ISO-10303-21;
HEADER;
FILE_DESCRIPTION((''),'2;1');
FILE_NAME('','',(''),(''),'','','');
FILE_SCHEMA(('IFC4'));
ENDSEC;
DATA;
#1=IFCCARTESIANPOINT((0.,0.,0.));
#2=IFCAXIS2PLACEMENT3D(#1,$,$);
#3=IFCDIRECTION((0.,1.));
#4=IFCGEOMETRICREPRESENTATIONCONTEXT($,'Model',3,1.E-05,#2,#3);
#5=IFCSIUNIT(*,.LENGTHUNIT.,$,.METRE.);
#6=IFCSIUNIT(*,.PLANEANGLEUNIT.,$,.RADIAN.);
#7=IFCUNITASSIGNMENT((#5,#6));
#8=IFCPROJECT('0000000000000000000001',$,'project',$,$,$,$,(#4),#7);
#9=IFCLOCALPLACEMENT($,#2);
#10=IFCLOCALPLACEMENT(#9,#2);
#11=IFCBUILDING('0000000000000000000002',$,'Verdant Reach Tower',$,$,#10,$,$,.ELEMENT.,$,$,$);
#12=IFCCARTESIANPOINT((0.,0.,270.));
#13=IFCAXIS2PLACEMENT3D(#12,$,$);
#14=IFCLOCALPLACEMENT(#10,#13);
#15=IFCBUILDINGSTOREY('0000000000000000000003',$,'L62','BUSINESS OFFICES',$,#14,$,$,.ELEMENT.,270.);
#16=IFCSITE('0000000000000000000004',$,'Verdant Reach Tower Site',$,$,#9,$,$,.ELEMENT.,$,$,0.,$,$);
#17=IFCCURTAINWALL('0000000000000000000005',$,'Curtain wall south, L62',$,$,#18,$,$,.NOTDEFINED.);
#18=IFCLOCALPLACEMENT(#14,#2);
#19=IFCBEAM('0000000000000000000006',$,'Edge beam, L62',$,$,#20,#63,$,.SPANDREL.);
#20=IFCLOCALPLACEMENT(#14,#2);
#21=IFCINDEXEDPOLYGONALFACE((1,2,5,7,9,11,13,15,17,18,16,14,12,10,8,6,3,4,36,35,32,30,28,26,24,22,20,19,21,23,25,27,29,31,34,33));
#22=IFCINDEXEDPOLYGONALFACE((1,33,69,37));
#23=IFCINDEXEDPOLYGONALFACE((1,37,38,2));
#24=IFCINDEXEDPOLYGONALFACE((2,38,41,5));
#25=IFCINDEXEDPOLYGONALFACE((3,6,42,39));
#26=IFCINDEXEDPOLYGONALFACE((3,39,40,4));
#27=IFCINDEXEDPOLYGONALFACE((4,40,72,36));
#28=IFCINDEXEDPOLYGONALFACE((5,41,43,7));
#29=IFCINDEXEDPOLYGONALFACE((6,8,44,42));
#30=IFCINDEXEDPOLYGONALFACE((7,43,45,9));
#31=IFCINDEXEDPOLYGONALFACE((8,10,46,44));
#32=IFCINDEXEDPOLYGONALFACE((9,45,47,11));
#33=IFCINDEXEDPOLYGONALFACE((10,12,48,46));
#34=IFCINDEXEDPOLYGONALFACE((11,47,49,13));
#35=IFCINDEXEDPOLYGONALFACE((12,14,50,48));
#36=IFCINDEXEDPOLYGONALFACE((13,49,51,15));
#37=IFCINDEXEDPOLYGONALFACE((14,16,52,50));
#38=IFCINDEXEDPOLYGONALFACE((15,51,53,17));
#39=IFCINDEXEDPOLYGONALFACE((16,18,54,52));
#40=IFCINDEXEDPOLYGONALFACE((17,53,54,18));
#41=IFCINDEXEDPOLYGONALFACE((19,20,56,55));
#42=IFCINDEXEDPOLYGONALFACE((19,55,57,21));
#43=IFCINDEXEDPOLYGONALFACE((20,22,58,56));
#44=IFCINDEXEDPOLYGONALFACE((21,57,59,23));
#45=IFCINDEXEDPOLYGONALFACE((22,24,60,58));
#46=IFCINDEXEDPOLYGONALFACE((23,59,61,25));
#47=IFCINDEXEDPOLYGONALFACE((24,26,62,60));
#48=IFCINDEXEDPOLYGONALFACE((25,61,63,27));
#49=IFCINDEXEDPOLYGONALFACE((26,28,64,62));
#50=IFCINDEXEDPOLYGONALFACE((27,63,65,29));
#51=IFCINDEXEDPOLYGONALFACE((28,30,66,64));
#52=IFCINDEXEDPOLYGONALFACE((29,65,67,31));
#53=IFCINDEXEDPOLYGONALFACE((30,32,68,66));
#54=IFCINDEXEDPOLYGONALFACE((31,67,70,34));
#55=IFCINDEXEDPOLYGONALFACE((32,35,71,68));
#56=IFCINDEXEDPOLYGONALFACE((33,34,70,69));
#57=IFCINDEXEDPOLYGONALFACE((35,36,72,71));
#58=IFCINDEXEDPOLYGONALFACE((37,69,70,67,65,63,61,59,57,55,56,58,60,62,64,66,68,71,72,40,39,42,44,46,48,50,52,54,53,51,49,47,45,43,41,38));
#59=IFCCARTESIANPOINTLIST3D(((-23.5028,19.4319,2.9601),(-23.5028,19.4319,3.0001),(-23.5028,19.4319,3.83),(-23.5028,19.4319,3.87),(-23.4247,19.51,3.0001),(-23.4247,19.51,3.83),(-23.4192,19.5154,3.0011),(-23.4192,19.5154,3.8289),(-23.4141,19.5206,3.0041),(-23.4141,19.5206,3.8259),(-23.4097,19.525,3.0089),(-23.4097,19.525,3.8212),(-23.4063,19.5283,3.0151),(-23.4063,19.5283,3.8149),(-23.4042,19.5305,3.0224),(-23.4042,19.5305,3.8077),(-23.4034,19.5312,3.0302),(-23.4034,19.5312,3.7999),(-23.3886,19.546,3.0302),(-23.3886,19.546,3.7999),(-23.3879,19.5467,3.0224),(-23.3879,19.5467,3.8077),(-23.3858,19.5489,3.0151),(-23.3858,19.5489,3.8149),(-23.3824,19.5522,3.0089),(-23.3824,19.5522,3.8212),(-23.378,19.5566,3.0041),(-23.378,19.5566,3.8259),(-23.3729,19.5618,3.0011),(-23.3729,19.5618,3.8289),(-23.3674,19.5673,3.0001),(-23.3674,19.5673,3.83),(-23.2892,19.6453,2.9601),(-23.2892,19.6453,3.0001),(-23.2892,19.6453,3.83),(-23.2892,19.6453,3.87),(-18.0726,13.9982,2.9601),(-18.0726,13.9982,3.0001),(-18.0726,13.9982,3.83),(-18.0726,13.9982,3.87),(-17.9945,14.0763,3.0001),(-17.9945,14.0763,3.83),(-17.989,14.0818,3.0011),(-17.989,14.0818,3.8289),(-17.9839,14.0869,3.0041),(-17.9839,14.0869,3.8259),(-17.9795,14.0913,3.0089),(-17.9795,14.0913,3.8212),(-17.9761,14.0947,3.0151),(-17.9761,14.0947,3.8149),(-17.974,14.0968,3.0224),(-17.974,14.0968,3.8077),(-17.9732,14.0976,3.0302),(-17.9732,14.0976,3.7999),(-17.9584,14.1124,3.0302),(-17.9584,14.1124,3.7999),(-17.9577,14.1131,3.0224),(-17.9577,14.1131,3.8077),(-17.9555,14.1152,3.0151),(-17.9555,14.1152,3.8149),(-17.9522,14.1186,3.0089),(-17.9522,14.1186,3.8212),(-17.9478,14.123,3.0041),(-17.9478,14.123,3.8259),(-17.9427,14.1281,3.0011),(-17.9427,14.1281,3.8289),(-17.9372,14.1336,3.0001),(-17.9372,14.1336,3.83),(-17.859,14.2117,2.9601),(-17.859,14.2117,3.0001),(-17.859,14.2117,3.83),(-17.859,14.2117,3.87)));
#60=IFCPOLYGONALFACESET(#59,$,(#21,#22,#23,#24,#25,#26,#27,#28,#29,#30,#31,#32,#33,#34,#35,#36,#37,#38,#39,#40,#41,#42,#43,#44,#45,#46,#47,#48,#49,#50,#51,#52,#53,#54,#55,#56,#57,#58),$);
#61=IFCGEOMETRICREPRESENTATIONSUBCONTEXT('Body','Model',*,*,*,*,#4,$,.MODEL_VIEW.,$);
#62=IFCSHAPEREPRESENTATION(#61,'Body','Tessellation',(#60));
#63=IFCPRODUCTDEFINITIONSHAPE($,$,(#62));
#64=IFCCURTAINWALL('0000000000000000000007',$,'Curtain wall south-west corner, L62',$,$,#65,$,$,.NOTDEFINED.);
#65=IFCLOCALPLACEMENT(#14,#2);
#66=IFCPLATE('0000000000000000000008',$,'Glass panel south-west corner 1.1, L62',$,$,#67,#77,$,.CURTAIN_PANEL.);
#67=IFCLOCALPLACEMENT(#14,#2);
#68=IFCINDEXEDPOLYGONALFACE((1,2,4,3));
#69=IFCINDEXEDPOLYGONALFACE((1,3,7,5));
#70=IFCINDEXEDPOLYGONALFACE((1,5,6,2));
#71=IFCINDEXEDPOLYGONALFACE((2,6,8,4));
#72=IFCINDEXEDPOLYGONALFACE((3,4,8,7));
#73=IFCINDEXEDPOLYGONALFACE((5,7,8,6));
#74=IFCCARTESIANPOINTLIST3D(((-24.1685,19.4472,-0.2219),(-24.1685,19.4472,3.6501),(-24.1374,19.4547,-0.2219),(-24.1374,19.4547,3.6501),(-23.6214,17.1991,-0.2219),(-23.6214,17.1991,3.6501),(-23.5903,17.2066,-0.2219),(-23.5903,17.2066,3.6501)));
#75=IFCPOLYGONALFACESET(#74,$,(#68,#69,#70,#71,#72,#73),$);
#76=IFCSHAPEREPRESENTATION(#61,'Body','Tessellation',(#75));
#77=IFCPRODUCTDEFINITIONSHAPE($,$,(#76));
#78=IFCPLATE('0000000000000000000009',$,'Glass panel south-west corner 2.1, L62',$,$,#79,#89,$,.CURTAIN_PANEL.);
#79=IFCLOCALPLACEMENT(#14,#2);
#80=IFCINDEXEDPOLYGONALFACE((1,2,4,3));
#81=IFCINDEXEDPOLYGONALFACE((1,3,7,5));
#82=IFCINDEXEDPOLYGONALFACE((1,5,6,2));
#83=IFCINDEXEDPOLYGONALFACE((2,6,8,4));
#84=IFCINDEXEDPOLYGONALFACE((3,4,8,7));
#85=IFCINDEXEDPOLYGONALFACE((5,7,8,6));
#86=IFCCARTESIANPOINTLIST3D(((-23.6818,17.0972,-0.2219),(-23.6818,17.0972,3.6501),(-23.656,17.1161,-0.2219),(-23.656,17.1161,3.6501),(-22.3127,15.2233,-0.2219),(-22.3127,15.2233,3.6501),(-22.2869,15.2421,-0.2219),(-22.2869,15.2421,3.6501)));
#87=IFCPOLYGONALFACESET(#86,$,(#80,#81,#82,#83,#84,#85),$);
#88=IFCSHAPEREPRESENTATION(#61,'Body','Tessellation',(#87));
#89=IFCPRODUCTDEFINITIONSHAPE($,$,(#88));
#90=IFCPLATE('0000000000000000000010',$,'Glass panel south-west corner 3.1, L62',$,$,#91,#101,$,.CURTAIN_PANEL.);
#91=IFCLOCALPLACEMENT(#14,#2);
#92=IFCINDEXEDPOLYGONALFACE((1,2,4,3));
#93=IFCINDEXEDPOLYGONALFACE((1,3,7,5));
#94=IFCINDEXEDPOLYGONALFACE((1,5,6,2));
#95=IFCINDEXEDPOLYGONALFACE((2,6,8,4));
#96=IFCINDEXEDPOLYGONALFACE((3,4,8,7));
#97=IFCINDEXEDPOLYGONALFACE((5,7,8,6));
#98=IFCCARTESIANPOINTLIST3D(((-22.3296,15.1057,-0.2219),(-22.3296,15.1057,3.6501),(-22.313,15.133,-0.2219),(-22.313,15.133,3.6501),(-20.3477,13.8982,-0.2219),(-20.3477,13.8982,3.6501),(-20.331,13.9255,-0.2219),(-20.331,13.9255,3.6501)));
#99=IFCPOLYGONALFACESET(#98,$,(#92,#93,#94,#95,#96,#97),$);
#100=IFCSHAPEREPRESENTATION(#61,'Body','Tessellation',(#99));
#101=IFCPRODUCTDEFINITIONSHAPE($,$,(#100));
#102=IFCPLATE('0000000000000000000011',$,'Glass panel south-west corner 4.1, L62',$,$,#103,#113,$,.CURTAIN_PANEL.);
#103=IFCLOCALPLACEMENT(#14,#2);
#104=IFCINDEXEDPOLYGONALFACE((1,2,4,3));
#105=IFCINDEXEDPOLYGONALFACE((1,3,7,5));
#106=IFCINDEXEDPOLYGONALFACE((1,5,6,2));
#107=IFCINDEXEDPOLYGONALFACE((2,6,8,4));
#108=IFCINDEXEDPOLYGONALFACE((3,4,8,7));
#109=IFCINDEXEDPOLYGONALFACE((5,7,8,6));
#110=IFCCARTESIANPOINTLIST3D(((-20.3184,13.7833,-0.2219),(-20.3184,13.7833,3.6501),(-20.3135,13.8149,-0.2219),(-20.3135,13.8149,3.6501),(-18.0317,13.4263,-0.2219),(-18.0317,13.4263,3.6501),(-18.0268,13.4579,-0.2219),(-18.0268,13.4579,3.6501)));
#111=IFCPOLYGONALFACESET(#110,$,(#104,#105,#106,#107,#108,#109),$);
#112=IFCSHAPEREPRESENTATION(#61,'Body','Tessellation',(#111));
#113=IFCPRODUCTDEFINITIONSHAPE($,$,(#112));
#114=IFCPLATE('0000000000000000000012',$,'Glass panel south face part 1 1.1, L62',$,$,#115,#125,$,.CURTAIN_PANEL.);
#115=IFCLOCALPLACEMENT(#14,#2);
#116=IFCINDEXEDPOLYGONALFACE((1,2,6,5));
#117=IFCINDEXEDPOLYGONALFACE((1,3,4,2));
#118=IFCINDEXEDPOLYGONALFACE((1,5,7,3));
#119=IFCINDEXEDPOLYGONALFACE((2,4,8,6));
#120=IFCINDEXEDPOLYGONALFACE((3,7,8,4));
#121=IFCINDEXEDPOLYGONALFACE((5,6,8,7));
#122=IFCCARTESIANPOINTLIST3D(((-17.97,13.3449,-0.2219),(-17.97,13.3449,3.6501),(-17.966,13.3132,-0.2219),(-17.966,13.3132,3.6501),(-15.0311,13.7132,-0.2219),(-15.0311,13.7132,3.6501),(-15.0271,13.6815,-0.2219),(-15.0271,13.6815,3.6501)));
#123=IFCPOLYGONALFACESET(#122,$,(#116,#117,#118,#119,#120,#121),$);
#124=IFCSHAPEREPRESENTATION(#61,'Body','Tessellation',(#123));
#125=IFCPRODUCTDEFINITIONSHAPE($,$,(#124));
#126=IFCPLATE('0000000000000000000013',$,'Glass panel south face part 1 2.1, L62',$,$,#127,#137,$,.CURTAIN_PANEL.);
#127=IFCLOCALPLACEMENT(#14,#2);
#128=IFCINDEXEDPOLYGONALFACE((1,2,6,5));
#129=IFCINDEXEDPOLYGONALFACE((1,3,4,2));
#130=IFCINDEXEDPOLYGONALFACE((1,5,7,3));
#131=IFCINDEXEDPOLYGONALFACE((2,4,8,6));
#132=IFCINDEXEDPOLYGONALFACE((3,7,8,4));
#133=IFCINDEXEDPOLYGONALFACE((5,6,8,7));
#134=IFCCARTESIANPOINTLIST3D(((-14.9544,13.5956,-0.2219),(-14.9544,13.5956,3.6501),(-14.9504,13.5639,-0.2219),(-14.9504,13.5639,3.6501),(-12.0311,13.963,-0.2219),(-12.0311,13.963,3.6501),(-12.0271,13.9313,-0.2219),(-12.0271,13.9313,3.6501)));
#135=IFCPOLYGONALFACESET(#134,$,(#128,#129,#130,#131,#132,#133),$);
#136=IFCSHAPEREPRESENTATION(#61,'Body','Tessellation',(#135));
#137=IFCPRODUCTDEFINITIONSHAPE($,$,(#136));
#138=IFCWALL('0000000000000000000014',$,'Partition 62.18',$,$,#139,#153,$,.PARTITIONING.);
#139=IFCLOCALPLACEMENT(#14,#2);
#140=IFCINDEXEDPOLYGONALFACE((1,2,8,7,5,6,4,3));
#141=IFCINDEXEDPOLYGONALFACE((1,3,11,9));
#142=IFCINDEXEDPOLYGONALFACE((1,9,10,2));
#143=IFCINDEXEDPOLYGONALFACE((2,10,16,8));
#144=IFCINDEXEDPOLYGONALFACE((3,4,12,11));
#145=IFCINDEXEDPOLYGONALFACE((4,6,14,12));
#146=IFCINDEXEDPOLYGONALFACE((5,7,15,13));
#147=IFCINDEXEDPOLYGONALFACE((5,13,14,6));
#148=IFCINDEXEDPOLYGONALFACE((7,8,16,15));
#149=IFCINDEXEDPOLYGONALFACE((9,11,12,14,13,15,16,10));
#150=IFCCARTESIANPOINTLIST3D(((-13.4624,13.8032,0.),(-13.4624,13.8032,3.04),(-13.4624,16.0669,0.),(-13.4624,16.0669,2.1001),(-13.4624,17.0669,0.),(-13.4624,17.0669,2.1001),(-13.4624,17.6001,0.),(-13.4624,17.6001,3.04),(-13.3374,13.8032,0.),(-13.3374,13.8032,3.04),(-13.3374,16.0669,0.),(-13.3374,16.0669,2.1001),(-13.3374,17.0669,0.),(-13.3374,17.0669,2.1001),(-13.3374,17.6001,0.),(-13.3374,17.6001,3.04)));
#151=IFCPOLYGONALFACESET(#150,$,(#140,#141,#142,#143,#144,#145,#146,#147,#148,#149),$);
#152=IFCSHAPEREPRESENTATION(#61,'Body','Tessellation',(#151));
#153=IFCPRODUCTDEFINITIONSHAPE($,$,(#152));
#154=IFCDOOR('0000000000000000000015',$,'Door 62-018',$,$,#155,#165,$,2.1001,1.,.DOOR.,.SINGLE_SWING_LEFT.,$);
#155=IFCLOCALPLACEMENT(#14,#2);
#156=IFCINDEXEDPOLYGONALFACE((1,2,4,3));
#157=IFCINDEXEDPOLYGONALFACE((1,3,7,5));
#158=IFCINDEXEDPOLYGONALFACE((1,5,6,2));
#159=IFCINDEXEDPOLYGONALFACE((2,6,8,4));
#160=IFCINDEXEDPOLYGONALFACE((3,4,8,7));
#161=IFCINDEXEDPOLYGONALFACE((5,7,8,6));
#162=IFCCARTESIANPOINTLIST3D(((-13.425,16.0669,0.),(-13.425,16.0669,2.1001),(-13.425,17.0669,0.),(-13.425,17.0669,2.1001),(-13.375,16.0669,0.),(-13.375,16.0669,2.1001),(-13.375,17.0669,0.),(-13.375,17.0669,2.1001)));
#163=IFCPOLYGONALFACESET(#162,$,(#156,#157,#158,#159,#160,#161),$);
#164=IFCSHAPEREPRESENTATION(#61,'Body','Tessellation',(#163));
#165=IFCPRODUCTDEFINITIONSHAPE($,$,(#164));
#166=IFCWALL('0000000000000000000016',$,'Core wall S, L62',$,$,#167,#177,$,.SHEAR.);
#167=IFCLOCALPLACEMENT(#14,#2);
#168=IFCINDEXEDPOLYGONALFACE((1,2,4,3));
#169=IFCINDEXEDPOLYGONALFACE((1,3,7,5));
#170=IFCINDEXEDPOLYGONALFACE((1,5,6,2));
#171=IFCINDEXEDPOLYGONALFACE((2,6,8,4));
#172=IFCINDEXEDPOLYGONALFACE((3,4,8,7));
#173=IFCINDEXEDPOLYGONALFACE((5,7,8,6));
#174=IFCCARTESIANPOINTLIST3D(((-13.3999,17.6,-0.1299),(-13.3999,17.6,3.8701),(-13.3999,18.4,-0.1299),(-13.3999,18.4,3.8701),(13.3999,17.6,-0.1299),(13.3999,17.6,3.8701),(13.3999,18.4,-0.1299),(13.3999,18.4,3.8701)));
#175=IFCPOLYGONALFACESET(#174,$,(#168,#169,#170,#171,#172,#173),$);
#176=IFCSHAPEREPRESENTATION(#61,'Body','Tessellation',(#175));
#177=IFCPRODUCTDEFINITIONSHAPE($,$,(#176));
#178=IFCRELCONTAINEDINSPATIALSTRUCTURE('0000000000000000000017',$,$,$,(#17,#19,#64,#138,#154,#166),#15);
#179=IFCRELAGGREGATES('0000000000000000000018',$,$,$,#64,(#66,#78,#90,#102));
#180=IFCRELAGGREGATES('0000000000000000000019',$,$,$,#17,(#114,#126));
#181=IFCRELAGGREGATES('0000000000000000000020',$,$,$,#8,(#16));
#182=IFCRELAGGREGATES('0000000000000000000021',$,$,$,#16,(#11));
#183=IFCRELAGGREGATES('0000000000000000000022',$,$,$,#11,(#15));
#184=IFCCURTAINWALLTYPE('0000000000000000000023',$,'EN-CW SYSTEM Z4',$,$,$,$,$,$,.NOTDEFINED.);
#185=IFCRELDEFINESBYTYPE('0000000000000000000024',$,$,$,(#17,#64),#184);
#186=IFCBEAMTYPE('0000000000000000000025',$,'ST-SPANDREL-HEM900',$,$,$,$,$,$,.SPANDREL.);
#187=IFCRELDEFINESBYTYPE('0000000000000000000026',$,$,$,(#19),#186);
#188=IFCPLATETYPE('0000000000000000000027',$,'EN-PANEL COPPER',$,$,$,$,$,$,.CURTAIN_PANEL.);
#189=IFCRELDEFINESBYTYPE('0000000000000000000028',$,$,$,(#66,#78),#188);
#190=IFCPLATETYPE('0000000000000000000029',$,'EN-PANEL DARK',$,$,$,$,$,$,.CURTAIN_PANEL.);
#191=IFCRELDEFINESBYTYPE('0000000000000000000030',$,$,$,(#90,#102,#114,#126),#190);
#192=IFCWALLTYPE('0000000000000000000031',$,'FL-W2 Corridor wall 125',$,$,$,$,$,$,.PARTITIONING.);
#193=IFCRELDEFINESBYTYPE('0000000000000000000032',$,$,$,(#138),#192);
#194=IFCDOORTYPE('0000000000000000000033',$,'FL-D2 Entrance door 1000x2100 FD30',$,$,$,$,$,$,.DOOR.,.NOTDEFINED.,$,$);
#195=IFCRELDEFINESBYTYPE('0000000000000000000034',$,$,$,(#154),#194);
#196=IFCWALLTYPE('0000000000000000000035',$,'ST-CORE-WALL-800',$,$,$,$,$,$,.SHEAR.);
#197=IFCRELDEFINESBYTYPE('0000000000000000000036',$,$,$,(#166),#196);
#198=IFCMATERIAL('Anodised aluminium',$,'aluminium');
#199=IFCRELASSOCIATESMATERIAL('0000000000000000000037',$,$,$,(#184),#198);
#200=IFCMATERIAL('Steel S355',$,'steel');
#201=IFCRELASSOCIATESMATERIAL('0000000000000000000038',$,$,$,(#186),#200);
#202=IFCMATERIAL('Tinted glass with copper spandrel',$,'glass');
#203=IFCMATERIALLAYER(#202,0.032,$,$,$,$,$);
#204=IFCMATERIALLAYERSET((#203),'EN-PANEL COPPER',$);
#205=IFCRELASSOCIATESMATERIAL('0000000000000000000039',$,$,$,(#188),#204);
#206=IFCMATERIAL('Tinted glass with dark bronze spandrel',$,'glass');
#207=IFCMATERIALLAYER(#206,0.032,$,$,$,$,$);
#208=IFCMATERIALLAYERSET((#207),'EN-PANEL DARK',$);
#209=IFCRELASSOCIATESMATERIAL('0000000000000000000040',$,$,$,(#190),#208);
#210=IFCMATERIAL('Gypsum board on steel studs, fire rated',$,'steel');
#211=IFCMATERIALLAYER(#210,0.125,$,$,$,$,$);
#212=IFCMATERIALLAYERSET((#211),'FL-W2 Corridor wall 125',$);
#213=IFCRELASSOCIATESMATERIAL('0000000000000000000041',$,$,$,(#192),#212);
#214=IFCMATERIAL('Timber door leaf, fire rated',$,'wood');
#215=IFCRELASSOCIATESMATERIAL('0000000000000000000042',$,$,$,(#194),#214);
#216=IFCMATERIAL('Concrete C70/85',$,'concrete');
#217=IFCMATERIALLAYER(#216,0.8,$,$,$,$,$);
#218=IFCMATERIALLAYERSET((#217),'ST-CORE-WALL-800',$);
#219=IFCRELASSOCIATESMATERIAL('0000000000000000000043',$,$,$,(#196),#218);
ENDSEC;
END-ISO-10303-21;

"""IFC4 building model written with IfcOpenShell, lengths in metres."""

from ifc_helpers import new_model, si_unit, direction, frame, frame_2d, origin, origin_2d, place, context, subcontext, project, spatial, rectangle, i_section, extrude, material, layer, layer_set, material_profile, profile_set, type_object, element, fill, aggregate, save


model = new_model("IFC4")

# Units and contexts
model_context = context("Model", 3, precision=1e-05, world=origin(), true_north=direction((0.0, 1.0)))
body_context = subcontext(model_context, "Body", "Model", "MODEL_VIEW")
ifc_project = project(units=[si_unit("LENGTHUNIT", "METRE"), si_unit("PLANEANGLEUNIT", "RADIAN")], contexts=[model_context])

# Site, building, storey
site_placement = place(None, origin())
site = spatial("IfcSite", under=ifc_project, at=site_placement, Name="Verdant Reach Tower Site", CompositionType="ELEMENT", RefElevation=0.0)
building_placement = place(site_placement, origin())
building = spatial("IfcBuilding", under=site, at=building_placement, Name="Verdant Reach Tower", CompositionType="ELEMENT")
storey_placement = place(building_placement, frame((0.0, 0.0, 270.0)))
storey = spatial("IfcBuildingStorey", under=building, at=storey_placement, Name="L62", Description="BUSINESS OFFICES", CompositionType="ELEMENT", Elevation=270.0)

# Curtain wall
ifc_material_1 = material(Name="Anodised aluminium", Category="aluminium")
curtain_wall_type = type_object("IfcCurtainWallType", Name="EN-CW SYSTEM Z4", PredefinedType="NOTDEFINED", material=ifc_material_1)
curtain_wall_1_placement = place(storey_placement, origin())
curtain_wall_1 = element("IfcCurtainWall", 1, at=curtain_wall_1_placement, inside=storey, type_object=curtain_wall_type, Name="Curtain wall south, L62", PredefinedType="NOTDEFINED")

# Beam
ifc_material_2 = material(Name="Steel S355", Category="steel")
ifc_material_profile_1 = material_profile(ifc_material_2, i_section(OverallWidth=0.302, OverallDepth=0.9099, WebThickness=0.021, FlangeThickness=0.04, FilletRadius=0.03, at=origin_2d()), Name="HEM 900")
ifc_profile_set_1 = profile_set([ifc_material_profile_1], Name="Steel S355")
beam_type_1 = type_object("IfcBeamType", Name="ST-SPANDREL-HEM900", PredefinedType="SPANDREL", material=ifc_profile_set_1)
beam_1_placement = place(storey_placement, frame((-17.9658, 14.105, 3.415), z_axis=(-0.706884, 0.707329, 0.0), x_axis=(-0.707329, -0.706884, 0.0)))
element("IfcBeam", 2, at=beam_1_placement, inside=storey, type_object=beam_type_1, Name="Edge beam, L62", PredefinedType="SPANDREL", context=body_context, shape_type="SweptSolid", body=[
    extrude(i_section(OverallWidth=0.302, OverallDepth=0.9099, WebThickness=0.021, FlangeThickness=0.04, FilletRadius=0.03, at=origin_2d()), origin(), (0.0, 0.0, 1.0), 7.6819),
])

# Curtain wall, plates
curtain_wall_2_placement = place(storey_placement, origin())
curtain_wall_2 = element("IfcCurtainWall", 3, at=curtain_wall_2_placement, inside=storey, type_object=curtain_wall_type, Name="Curtain wall south-west corner, L62", PredefinedType="NOTDEFINED")
ifc_material_3 = material(Name="Tinted glass with copper spandrel", Category="glass")
ifc_layer_1 = layer(ifc_material_3, 0.032)
ifc_layer_set_1 = layer_set([ifc_layer_1], Name="EN-PANEL COPPER")
plate_type_1 = type_object("IfcPlateType", Name="EN-PANEL COPPER", PredefinedType="CURTAIN_PANEL", material=ifc_layer_set_1)
plate_1_placement = place(storey_placement, frame((-23.8794, 18.3269, -0.2219), z_axis=(0.0, 0.0, 1.0), x_axis=(0.236459, -0.971642, 0.0)))
plate_1 = element("IfcPlate", 4, at=plate_1_placement, type_object=plate_type_1, Name="Glass panel south-west corner 1.1, L62", PredefinedType="CURTAIN_PANEL", context=body_context, shape_type="SweptSolid", body=[
    extrude(rectangle(XDim=2.3137, YDim=0.032, at=origin_2d()), origin(), (0.0, 0.0, 1.0), 3.8721),
])
plate_2_placement = place(storey_placement, frame((-22.9844, 16.1697, -0.2219), z_axis=(0.0, 0.0, 1.0), x_axis=(0.589927, -0.807457, 0.0)))
plate_2 = element("IfcPlate", 5, at=plate_2_placement, type_object=plate_type_1, Name="Glass panel south-west corner 2.1, L62", PredefinedType="CURTAIN_PANEL", context=body_context, shape_type="SweptSolid", body=[
    extrude(rectangle(XDim=2.3208, YDim=0.032, at=origin_2d()), origin(), (0.0, 0.0, 1.0), 3.8721),
])
ifc_material_4 = material(Name="Tinted glass with dark bronze spandrel", Category="glass")
ifc_layer_2 = layer(ifc_material_4, 0.032)
ifc_layer_set_2 = layer_set([ifc_layer_2], Name="EN-PANEL DARK")
plate_type_2 = type_object("IfcPlateType", Name="EN-PANEL DARK", PredefinedType="CURTAIN_PANEL", material=ifc_layer_set_2)
plate_3_placement = place(storey_placement, frame((-21.3303, 14.5156, -0.2219), z_axis=(0.0, 0.0, 1.0), x_axis=(0.853989, -0.520292, 0.0)))
plate_3 = element("IfcPlate", 6, at=plate_3_placement, type_object=plate_type_2, Name="Glass panel south-west corner 3.1, L62", PredefinedType="CURTAIN_PANEL", context=body_context, shape_type="SweptSolid", body=[
    extrude(rectangle(XDim=2.3208, YDim=0.032, at=origin_2d()), origin(), (0.0, 0.0, 1.0), 3.8721),
])
plate_4_placement = place(storey_placement, frame((-19.1726, 13.6206, -0.2219), z_axis=(0.0, 0.0, 1.0), x_axis=(0.988027, -0.154279, 0.0)))
plate_4 = element("IfcPlate", 7, at=plate_4_placement, type_object=plate_type_2, Name="Glass panel south-west corner 4.1, L62", PredefinedType="CURTAIN_PANEL", context=body_context, shape_type="SweptSolid", body=[
    extrude(rectangle(XDim=2.3145, YDim=0.032, at=origin_2d()), origin(), (0.0, 0.0, 1.0), 3.8721),
])
aggregate(curtain_wall_2, [plate_1, plate_2, plate_3, plate_4])

# Plates
plate_5_placement = place(storey_placement, frame((-16.4985, 13.5132, -0.2219), z_axis=(0.0, 0.0, 1.0), x_axis=(0.992239, 0.124346, 0.0)))
plate_5 = element("IfcPlate", 8, at=plate_5_placement, type_object=plate_type_2, Name="Glass panel south face part 1 1.1, L62", PredefinedType="CURTAIN_PANEL", context=body_context, shape_type="SweptSolid", body=[
    extrude(rectangle(XDim=2.9619, YDim=0.032, at=origin_2d()), origin(), (0.0, 0.0, 1.0), 3.8721),
])
plate_6_placement = place(storey_placement, frame((-13.4907, 13.7634, -0.2219), z_axis=(0.0, 0.0, 1.0), x_axis=(0.992194, 0.124704, 0.0)))
plate_6 = element("IfcPlate", 9, at=plate_6_placement, type_object=plate_type_2, Name="Glass panel south face part 1 2.1, L62", PredefinedType="CURTAIN_PANEL", context=body_context, shape_type="SweptSolid", body=[
    extrude(rectangle(XDim=2.9463, YDim=0.032, at=origin_2d()), origin(), (0.0, 0.0, 1.0), 3.8721),
])
aggregate(curtain_wall_1, [plate_5, plate_6])

# Wall, opening, door
ifc_material_5 = material(Name="Gypsum board on steel studs, fire rated", Category="steel")
ifc_layer_3 = layer(ifc_material_5, 0.125)
ifc_layer_set_3 = layer_set([ifc_layer_3], Name="FL-W2 Corridor wall 125")
wall_type_1 = type_object("IfcWallType", Name="FL-W2 Corridor wall 125", PredefinedType="PARTITIONING", material=ifc_layer_set_3)
ifc_material_6 = material(Name="Timber door leaf, fire rated", Category="wood")
door_type = type_object("IfcDoorType", Name="FL-D2 Entrance door 1000x2100 FD30", OperationType="NOTDEFINED", PredefinedType="DOOR", material=ifc_material_6)
wall_1_placement = place(storey_placement, frame((-13.3999, 17.6001, 0.0), z_axis=(0.0, 0.0, 1.0), x_axis=(0.0, -1.0, 0.0)))
wall_1 = element("IfcWall", 10, at=wall_1_placement, inside=storey, type_object=wall_type_1, Name="Partition 62.18", PredefinedType="PARTITIONING", context=body_context, shape_type="SweptSolid", body=[
    extrude(rectangle(XDim=3.7969, YDim=0.125, at=frame_2d((1.8984, 0.0))), origin(), (0.0, 0.0, 1.0), 3.04),
])
opening_1_placement = place(wall_1_placement, frame((0.5332, 0.0, 0.0)))
opening_1 = element("IfcOpeningElement", 11, at=opening_1_placement, cuts=wall_1, PredefinedType="OPENING", context=body_context, shape_type="SweptSolid", body=[
    extrude(rectangle(XDim=1.0, YDim=2.1001, at=frame_2d((0.5, 1.05))), frame((0.0, 0.0725, 0.0), z_axis=(0.0, -1.0, 0.0), x_axis=(1.0, 0.0, 0.0)), (0.0, 0.0, 1.0), 0.145),
])
door_1_placement = place(opening_1_placement, origin())
door_1 = element("IfcDoor", 12, at=door_1_placement, inside=storey, type_object=door_type, Name="Door 62-018", OperationType="SINGLE_SWING_LEFT", OverallHeight=2.1001, OverallWidth=1.0, PredefinedType="DOOR", context=body_context, shape_type="SweptSolid", body=[
    extrude(rectangle(XDim=1.0, YDim=2.1001, at=frame_2d((0.5, 1.05))), frame((0.0, 0.0249, 0.0), z_axis=(0.0, -1.0, 0.0), x_axis=(1.0, 0.0, 0.0)), (0.0, 0.0, 1.0), 0.05),
])
fill(opening_1, door_1)

# Wall
ifc_material_7 = material(Name="Concrete C70/85", Category="concrete")
ifc_layer_4 = layer(ifc_material_7, 0.8)
ifc_layer_set_4 = layer_set([ifc_layer_4], Name="ST-CORE-WALL-800")
wall_type_2 = type_object("IfcWallType", Name="ST-CORE-WALL-800", PredefinedType="SHEAR", material=ifc_layer_set_4)
wall_2_placement = place(storey_placement, frame((-13.3999, 18.0, -0.1299), z_axis=(0.0, 0.0, 1.0), x_axis=(1.0, 0.0, 0.0)))
element("IfcWall", 13, at=wall_2_placement, inside=storey, type_object=wall_type_2, Name="Core wall S, L62", PredefinedType="SHEAR", context=body_context, shape_type="SweptSolid", body=[
    extrude(rectangle(XDim=26.7998, YDim=0.8, at=frame_2d((13.3999, 0.0))), origin(), (0.0, 0.0, 1.0), 4.0),
])

save(model, "model.ifc")
